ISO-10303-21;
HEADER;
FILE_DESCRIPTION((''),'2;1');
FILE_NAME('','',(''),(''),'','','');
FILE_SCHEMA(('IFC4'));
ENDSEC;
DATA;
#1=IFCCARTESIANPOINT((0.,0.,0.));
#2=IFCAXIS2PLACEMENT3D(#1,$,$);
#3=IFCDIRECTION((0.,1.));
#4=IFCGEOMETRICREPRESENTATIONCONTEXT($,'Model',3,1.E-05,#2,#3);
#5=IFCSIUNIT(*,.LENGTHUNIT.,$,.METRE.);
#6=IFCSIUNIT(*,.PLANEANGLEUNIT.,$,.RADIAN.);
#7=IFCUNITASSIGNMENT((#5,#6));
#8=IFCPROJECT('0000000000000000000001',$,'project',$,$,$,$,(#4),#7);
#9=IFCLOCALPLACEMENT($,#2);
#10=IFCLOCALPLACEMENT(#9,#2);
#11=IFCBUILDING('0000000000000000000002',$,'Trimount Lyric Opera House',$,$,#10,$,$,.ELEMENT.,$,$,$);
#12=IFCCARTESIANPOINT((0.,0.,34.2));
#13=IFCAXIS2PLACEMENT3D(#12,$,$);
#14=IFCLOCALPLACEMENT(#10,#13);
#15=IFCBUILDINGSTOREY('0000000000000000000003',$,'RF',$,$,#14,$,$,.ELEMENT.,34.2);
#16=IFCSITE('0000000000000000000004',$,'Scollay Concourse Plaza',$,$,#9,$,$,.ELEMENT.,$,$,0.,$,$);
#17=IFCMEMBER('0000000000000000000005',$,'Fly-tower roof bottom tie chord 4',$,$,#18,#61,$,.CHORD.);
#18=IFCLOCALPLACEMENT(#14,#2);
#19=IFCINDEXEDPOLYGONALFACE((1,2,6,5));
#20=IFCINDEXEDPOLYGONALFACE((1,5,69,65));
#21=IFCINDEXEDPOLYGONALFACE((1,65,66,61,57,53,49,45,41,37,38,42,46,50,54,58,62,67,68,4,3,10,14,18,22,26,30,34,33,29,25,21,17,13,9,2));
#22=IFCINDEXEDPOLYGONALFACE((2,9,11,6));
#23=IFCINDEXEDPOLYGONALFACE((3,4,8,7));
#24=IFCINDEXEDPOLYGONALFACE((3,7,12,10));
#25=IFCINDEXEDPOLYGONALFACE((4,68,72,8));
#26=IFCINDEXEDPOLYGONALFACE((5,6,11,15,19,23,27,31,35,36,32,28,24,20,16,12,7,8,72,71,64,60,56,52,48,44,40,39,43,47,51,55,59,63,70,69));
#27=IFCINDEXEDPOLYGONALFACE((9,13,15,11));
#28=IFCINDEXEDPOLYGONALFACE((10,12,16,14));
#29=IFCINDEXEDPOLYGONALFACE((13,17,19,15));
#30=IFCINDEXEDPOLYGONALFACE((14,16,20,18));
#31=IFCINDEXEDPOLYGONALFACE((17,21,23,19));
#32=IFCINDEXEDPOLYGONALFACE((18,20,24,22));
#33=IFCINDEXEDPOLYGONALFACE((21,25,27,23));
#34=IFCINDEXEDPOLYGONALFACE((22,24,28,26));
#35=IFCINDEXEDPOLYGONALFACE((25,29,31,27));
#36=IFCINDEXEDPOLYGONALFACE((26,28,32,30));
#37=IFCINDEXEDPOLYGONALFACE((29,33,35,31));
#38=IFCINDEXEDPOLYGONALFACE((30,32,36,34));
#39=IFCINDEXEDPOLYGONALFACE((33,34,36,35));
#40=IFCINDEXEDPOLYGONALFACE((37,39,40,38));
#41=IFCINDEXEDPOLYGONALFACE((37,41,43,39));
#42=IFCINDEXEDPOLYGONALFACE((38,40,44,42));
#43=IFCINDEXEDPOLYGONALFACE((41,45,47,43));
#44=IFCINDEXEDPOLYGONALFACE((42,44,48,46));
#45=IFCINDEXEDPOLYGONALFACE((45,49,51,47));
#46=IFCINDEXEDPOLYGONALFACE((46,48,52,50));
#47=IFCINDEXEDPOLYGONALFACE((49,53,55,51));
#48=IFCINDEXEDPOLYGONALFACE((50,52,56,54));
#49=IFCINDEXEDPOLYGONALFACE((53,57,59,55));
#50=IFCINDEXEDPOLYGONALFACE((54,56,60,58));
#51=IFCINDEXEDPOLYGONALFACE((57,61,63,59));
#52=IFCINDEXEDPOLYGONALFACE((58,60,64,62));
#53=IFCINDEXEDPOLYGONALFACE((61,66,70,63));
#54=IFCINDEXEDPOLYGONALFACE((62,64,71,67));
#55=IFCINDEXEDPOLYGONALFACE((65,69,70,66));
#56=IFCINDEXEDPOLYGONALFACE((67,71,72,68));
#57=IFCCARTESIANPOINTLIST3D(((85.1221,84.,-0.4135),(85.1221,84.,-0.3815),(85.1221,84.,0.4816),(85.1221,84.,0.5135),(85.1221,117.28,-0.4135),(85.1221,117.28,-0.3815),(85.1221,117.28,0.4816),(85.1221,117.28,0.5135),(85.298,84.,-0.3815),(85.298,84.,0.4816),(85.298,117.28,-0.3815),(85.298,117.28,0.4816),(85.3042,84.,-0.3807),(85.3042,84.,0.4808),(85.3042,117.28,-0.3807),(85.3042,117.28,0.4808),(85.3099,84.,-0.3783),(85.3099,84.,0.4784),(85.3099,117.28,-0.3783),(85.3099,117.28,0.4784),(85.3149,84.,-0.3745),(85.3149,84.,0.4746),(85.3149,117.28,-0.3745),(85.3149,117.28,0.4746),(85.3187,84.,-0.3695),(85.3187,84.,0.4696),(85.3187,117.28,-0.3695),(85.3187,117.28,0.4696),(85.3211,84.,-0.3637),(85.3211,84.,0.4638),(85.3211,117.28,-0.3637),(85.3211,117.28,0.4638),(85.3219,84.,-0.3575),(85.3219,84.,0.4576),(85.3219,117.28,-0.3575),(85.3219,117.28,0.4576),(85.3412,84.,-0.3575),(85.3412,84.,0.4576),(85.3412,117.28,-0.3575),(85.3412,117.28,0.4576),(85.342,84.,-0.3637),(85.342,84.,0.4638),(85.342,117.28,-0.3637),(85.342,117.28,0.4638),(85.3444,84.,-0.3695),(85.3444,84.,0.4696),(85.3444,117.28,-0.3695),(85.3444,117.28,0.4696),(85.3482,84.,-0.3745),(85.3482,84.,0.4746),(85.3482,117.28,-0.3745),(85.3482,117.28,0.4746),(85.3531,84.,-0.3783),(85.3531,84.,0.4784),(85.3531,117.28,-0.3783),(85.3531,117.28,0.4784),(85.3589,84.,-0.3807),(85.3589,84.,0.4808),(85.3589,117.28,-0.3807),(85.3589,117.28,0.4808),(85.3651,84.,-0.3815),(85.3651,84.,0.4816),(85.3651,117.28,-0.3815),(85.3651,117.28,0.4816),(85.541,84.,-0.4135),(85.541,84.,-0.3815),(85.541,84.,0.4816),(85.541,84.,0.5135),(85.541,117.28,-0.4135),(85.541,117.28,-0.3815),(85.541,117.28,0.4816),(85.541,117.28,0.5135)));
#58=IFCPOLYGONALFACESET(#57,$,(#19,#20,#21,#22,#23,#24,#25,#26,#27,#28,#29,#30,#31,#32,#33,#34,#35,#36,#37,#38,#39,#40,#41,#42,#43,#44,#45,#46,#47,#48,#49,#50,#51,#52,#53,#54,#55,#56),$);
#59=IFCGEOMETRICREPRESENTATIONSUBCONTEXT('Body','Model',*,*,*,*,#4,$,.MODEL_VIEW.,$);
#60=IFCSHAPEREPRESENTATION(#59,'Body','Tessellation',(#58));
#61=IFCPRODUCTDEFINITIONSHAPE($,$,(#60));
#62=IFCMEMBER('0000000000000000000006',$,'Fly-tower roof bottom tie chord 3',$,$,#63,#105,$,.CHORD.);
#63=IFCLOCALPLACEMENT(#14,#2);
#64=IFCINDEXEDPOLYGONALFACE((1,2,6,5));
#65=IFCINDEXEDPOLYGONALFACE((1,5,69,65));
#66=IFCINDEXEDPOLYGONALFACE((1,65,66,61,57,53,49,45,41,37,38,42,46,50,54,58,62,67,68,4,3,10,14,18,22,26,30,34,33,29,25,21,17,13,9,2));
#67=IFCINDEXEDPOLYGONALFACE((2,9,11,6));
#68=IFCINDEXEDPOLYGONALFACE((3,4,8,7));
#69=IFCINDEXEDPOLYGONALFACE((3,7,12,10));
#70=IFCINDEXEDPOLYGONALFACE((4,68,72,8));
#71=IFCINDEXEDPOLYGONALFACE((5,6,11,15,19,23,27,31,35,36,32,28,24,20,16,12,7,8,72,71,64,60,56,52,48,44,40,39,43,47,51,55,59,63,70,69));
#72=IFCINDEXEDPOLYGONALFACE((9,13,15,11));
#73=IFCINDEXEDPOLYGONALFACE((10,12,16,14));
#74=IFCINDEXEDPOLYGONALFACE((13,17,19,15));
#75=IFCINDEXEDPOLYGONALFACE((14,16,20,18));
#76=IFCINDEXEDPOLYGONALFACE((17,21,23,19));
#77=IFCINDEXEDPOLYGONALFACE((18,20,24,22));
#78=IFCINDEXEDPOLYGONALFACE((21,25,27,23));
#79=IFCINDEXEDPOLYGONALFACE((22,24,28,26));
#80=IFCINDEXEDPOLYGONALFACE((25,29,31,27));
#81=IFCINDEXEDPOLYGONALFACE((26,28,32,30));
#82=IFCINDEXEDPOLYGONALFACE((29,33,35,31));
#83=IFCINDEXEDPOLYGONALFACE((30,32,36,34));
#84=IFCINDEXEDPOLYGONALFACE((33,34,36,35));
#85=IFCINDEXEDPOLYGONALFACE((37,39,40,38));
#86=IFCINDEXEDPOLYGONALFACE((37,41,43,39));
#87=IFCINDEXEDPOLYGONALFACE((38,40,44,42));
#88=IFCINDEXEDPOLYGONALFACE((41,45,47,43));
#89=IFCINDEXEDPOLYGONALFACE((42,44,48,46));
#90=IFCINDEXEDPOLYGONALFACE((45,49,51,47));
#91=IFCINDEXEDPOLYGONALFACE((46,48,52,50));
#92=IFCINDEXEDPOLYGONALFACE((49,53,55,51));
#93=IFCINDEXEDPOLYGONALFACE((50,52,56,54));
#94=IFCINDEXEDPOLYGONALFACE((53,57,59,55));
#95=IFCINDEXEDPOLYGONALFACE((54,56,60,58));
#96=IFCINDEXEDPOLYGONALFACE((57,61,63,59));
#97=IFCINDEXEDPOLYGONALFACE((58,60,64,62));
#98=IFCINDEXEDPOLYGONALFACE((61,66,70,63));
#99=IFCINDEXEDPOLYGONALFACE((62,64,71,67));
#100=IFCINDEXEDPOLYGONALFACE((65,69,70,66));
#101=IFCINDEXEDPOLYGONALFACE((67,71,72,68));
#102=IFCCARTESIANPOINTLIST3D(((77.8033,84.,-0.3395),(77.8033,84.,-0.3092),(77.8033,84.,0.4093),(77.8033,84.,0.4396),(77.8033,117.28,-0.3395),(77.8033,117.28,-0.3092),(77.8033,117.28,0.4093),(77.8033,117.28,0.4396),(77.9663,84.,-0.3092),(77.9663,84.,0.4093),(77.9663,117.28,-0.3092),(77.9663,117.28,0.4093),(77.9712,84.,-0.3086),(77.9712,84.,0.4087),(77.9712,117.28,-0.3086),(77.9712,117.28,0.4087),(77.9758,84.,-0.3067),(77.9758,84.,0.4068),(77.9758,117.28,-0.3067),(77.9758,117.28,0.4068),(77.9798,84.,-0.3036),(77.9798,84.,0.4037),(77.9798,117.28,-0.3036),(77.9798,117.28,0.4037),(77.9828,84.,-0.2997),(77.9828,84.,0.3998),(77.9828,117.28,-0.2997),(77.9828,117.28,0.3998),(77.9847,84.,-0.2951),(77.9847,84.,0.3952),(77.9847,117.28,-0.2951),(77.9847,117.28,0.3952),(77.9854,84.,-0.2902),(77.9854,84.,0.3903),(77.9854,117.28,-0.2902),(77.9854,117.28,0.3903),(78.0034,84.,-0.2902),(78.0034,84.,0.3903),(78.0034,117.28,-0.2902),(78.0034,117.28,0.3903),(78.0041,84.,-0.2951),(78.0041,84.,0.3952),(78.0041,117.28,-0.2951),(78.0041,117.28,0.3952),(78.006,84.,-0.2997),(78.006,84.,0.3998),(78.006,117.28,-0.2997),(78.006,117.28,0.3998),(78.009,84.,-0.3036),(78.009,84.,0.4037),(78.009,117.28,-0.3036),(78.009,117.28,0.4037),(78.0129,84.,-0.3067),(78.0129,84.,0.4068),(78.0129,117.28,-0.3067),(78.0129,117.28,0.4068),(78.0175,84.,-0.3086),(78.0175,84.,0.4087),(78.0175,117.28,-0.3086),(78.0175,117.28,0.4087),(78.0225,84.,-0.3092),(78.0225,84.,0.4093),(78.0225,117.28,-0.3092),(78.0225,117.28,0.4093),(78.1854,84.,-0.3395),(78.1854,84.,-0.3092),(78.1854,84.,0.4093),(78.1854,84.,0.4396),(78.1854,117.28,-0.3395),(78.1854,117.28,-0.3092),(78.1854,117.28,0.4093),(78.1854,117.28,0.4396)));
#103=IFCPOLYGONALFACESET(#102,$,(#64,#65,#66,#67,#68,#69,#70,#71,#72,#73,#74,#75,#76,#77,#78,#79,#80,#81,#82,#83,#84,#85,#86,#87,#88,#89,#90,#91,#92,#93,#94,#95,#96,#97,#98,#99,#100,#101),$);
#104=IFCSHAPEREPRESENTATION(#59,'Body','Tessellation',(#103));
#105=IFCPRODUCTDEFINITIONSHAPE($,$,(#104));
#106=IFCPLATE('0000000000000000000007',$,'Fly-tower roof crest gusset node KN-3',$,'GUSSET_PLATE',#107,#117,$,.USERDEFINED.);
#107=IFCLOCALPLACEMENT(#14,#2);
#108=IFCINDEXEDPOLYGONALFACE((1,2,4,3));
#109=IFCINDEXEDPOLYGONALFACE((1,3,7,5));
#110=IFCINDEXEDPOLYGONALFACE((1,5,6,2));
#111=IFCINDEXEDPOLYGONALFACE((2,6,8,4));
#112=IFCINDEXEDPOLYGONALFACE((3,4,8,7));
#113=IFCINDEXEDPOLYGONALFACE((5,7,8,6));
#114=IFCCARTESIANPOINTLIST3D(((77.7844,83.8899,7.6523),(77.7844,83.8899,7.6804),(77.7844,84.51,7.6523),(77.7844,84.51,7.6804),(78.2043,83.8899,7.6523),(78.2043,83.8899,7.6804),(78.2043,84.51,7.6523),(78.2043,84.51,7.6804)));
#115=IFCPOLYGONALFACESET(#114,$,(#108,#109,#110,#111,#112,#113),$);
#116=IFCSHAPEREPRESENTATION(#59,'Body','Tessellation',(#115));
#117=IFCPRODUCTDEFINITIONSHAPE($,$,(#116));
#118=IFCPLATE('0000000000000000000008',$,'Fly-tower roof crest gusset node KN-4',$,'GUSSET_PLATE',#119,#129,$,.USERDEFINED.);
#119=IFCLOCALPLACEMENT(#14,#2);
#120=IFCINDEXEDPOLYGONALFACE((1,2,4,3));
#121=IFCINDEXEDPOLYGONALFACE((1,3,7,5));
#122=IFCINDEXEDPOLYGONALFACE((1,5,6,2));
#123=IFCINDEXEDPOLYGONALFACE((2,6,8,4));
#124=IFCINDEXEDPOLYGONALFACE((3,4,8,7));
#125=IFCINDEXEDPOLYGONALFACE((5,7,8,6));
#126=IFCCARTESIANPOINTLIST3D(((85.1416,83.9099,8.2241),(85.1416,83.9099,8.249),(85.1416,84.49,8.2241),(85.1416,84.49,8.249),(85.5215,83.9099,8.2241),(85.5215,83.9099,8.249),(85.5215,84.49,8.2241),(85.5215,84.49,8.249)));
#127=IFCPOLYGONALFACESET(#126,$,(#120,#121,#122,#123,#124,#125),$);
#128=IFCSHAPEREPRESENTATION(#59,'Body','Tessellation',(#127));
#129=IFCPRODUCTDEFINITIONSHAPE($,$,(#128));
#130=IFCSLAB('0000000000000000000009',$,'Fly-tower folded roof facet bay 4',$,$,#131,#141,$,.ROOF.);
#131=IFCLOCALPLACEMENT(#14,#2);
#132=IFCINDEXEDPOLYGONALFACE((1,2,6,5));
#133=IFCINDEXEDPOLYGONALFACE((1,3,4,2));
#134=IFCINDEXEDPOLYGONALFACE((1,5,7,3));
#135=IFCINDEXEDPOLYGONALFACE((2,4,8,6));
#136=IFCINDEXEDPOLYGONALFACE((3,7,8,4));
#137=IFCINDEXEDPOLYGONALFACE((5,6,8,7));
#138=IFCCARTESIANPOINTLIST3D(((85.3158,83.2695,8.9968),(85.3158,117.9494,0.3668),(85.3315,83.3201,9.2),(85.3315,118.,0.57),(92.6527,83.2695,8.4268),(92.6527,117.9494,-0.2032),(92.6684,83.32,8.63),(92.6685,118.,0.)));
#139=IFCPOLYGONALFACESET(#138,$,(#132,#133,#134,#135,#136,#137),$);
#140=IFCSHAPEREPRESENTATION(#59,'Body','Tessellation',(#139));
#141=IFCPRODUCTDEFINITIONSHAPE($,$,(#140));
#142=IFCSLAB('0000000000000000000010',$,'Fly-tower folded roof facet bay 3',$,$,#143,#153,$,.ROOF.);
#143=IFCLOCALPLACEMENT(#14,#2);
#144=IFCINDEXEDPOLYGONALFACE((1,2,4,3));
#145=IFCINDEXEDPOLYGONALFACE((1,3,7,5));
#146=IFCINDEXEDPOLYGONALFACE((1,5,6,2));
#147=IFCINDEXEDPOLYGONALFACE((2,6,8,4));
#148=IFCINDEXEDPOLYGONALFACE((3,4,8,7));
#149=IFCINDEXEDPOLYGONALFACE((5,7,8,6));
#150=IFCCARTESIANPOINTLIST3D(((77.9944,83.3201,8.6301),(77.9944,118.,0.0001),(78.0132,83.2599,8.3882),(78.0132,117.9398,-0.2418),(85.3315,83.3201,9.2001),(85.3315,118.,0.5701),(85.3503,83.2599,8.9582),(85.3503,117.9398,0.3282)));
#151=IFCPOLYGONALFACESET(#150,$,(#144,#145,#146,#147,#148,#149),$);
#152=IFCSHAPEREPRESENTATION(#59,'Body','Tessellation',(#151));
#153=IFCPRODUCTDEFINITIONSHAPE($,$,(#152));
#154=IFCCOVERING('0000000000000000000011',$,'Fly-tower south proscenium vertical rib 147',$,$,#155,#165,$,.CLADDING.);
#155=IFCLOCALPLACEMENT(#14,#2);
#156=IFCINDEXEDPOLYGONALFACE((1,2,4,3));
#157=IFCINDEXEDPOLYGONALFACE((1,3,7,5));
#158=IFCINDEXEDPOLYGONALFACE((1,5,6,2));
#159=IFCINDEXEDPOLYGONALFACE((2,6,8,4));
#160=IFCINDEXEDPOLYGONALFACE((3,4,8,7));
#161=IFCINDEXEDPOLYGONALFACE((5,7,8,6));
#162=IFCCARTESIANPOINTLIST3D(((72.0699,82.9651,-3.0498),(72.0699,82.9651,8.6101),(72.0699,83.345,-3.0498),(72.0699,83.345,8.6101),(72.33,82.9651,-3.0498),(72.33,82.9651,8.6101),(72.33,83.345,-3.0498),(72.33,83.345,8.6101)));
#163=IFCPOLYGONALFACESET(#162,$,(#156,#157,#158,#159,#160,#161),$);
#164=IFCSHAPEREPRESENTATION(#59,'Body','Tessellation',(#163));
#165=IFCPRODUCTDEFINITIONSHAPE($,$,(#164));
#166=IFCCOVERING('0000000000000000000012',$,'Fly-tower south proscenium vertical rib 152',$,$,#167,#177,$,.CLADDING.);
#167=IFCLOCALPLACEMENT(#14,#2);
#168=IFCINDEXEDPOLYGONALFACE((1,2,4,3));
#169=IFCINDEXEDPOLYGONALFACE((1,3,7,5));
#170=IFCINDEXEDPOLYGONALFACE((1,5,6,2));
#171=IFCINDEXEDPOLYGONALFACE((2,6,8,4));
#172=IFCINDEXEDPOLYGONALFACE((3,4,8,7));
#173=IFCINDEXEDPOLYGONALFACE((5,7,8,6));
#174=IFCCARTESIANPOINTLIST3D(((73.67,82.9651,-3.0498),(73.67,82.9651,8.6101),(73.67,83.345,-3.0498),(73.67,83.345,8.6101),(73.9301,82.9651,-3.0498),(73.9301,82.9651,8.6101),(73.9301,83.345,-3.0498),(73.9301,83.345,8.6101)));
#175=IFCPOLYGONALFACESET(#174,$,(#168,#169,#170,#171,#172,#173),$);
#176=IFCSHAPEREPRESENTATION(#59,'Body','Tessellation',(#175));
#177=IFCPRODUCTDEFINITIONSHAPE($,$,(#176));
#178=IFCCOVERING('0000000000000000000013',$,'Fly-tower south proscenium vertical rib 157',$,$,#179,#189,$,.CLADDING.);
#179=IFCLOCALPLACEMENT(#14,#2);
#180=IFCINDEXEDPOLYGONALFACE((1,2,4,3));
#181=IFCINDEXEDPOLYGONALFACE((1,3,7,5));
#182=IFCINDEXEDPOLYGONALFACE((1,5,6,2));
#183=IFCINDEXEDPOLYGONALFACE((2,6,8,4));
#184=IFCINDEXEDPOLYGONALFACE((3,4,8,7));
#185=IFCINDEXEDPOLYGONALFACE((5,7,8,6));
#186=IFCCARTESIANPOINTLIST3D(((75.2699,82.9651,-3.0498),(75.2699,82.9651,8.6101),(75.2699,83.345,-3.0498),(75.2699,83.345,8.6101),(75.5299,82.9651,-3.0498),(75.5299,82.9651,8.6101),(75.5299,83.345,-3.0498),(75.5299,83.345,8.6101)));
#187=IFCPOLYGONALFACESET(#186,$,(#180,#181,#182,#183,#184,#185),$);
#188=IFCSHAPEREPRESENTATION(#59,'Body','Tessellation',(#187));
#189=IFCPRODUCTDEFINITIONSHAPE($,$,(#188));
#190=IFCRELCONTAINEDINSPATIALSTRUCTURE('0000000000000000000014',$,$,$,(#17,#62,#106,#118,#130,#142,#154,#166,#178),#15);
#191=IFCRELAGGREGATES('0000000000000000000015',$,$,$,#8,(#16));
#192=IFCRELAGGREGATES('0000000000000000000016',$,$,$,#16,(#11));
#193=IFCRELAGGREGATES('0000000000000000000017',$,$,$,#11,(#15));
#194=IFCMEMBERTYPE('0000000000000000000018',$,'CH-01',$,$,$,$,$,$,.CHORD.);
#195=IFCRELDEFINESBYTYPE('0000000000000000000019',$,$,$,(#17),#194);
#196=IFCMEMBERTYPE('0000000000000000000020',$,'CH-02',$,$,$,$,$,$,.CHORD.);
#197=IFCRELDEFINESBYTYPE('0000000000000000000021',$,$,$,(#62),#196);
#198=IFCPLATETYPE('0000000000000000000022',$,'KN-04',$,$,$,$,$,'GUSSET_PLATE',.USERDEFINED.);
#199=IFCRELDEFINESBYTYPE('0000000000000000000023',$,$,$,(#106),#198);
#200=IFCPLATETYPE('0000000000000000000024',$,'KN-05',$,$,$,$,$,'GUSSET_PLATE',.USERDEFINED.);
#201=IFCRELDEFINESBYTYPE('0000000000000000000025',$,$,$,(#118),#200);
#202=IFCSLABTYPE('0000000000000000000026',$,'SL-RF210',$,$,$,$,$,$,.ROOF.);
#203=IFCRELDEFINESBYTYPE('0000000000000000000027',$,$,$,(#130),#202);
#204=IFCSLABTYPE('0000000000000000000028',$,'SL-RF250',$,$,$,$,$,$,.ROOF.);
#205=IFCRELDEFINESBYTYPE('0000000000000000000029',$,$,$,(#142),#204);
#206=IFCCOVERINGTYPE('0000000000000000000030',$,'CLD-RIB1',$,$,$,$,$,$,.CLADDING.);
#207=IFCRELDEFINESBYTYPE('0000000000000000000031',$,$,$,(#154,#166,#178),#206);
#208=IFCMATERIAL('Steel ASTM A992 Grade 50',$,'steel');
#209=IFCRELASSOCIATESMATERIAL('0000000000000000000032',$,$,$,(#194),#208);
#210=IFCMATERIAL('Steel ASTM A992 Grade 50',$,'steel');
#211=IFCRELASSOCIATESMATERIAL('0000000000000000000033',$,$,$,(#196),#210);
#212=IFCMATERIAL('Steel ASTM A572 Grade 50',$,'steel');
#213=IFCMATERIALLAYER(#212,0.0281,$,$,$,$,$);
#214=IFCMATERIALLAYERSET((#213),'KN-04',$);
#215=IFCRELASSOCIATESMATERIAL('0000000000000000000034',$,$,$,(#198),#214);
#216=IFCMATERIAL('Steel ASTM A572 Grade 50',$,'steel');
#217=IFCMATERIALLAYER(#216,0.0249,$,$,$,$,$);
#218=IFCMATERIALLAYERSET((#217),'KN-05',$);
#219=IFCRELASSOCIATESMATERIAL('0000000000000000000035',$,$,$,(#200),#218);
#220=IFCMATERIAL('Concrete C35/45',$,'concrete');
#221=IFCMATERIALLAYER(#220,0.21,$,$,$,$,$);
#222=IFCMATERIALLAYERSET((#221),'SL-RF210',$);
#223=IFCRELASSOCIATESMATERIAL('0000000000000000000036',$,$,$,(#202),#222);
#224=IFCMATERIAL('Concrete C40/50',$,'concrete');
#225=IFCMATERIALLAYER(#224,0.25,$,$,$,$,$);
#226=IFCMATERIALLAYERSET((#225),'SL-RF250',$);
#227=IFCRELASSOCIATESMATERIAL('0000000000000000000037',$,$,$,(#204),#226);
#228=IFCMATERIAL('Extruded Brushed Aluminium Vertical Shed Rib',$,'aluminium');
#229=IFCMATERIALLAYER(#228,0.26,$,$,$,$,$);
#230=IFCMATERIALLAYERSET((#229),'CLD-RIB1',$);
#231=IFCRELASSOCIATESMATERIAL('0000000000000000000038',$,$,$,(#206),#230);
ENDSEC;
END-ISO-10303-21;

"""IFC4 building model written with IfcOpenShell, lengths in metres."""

from ifc_helpers import new_model, si_unit, direction, frame, origin, origin_2d, place, context, subcontext, project, spatial, polyline, rectangle, i_section, outline, extrude, material, layer, layer_set, material_profile, profile_set, type_object, element, save


model = new_model("IFC4")

# Units and contexts
model_context = context("Model", 3, precision=1e-05, world=origin(), true_north=direction((0.0, 1.0)))
body_context = subcontext(model_context, "Body", "Model", "MODEL_VIEW")
ifc_project = project(units=[si_unit("LENGTHUNIT", "METRE"), si_unit("PLANEANGLEUNIT", "RADIAN")], contexts=[model_context])

# Site, building, storey
site_placement = place(None, origin())
site = spatial("IfcSite", under=ifc_project, at=site_placement, Name="Scollay Concourse Plaza", CompositionType="ELEMENT", RefElevation=0.0)
building_placement = place(site_placement, origin())
building = spatial("IfcBuilding", under=site, at=building_placement, Name="Trimount Lyric Opera House", CompositionType="ELEMENT")
storey_placement = place(building_placement, frame((0.0, 0.0, 34.2)))
storey = spatial("IfcBuildingStorey", under=building, at=storey_placement, Name="RF", CompositionType="ELEMENT", Elevation=34.2)

# Members
ifc_material_1 = material(Name="Steel ASTM A992 Grade 50", Category="steel")
ifc_material_profile_1 = material_profile(ifc_material_1, i_section(OverallWidth=0.4189, OverallDepth=0.927, WebThickness=0.0193, FlangeThickness=0.032, FilletRadius=0.0239, at=origin_2d()), Name="W36X231")
ifc_profile_set_1 = profile_set([ifc_material_profile_1], Name="Steel ASTM A992 Grade 50")
member_type_1 = type_object("IfcMemberType", Name="CH-01", PredefinedType="CHORD", material=ifc_profile_set_1)
member_1_placement = place(storey_placement, frame((85.3315, 84.0, 0.05), z_axis=(0.0, 1.0, 0.0), x_axis=(-1.0, 0.0, 0.0)))
element("IfcMember", 1, at=member_1_placement, inside=storey, type_object=member_type_1, Name="Fly-tower roof bottom tie chord 4", PredefinedType="CHORD", context=body_context, shape_type="SweptSolid", body=[
    extrude(i_section(OverallWidth=0.4189, OverallDepth=0.927, WebThickness=0.0193, FlangeThickness=0.032, FilletRadius=0.0239, at=origin_2d()), origin(), (0.0, 0.0, 1.0), 33.28),
])
ifc_material_2 = material(Name="Steel ASTM A992 Grade 50", Category="steel")
ifc_material_profile_2 = material_profile(ifc_material_2, i_section(OverallWidth=0.3821, OverallDepth=0.7791, WebThickness=0.0181, FlangeThickness=0.0303, FilletRadius=0.019, at=origin_2d()), Name="W30X191")
ifc_profile_set_2 = profile_set([ifc_material_profile_2], Name="Steel ASTM A992 Grade 50")
member_type_2 = type_object("IfcMemberType", Name="CH-02", PredefinedType="CHORD", material=ifc_profile_set_2)
member_2_placement = place(storey_placement, frame((77.9944, 84.0, 0.05), z_axis=(0.0, 1.0, 0.0), x_axis=(-1.0, 0.0, 0.0)))
element("IfcMember", 2, at=member_2_placement, inside=storey, type_object=member_type_2, Name="Fly-tower roof bottom tie chord 3", PredefinedType="CHORD", context=body_context, shape_type="SweptSolid", body=[
    extrude(i_section(OverallWidth=0.3821, OverallDepth=0.7791, WebThickness=0.0181, FlangeThickness=0.0303, FilletRadius=0.019, at=origin_2d()), origin(), (0.0, 0.0, 1.0), 33.28),
])

# Plates
ifc_material_3 = material(Name="Steel ASTM A572 Grade 50", Category="steel")
ifc_layer_1 = layer(ifc_material_3, 0.0281)
ifc_layer_set_1 = layer_set([ifc_layer_1], Name="KN-04")
plate_type_1 = type_object("IfcPlateType", Name="KN-04", ElementType="GUSSET_PLATE", PredefinedType="USERDEFINED", material=ifc_layer_set_1)
plate_1_placement = place(storey_placement, frame((77.9944, 84.2, 7.6523), z_axis=(0.0, 0.0, 1.0), x_axis=(0.0, 1.0, 0.0)))
element("IfcPlate", 3, at=plate_1_placement, inside=storey, type_object=plate_type_1, Name="Fly-tower roof crest gusset node KN-3", ObjectType="GUSSET_PLATE", PredefinedType="USERDEFINED", context=body_context, shape_type="SweptSolid", body=[
    extrude(rectangle(XDim=0.6201, YDim=0.4199, at=origin_2d()), origin(), (0.0, 0.0, 1.0), 0.0281),
])
ifc_material_4 = material(Name="Steel ASTM A572 Grade 50", Category="steel")
ifc_layer_2 = layer(ifc_material_4, 0.0249)
ifc_layer_set_2 = layer_set([ifc_layer_2], Name="KN-05")
plate_type_2 = type_object("IfcPlateType", Name="KN-05", ElementType="GUSSET_PLATE", PredefinedType="USERDEFINED", material=ifc_layer_set_2)
plate_2_placement = place(storey_placement, frame((85.3315, 84.2, 8.2241), z_axis=(0.0, 0.0, 1.0), x_axis=(0.0, 1.0, 0.0)))
element("IfcPlate", 4, at=plate_2_placement, inside=storey, type_object=plate_type_2, Name="Fly-tower roof crest gusset node KN-4", ObjectType="GUSSET_PLATE", PredefinedType="USERDEFINED", context=body_context, shape_type="SweptSolid", body=[
    extrude(rectangle(XDim=0.5801, YDim=0.3799, at=origin_2d()), origin(), (0.0, 0.0, 1.0), 0.0249),
])

# Slabs
ifc_material_5 = material(Name="Concrete C35/45", Category="concrete")
ifc_layer_3 = layer(ifc_material_5, 0.21)
ifc_layer_set_3 = layer_set([ifc_layer_3], Name="SL-RF210")
slab_type_1 = type_object("IfcSlabType", Name="SL-RF210", PredefinedType="ROOF", material=ifc_layer_set_3)
slab_1_placement = place(storey_placement, frame((85.3315, 83.3201, 9.2), z_axis=(0.07517, 0.240799, 0.96766), x_axis=(0.996996, -0.000004, -0.077448)))
element("IfcSlab", 5, at=slab_1_placement, inside=storey, type_object=slab_type_1, Name="Fly-tower folded roof facet bay 4", PredefinedType="ROOF", context=body_context, shape_type="SweptSolid", body=[
    extrude(outline(polyline([(0.0, 0.0), (7.359, 0.0), (8.0273, 35.7314), (0.6682, 35.7313), (0.0, 0.0)])), origin(), (0.0, 0.0, -1.0), 0.21),
])
ifc_material_6 = material(Name="Concrete C40/50", Category="concrete")
ifc_layer_4 = layer(ifc_material_6, 0.25)
ifc_layer_set_4 = layer_set([ifc_layer_4], Name="SL-RF250")
slab_type_2 = type_object("IfcSlabType", Name="SL-RF250", PredefinedType="ROOF", material=ifc_layer_set_4)
slab_2_placement = place(storey_placement, frame((77.9944, 83.3201, 8.6301), z_axis=(-0.075167, 0.240799, 0.96766), x_axis=(0.996997, 0.000004, 0.077445)))
element("IfcSlab", 6, at=slab_2_placement, inside=storey, type_object=slab_type_2, Name="Fly-tower folded roof facet bay 3", PredefinedType="ROOF", context=body_context, shape_type="SweptSolid", body=[
    extrude(outline(polyline([(0.0, 0.0), (7.3593, 0.0), (6.691, 35.7313), (-0.6682, 35.7314), (0.0, 0.0)])), origin(), (0.0, 0.0, -1.0), 0.25),
])

# Coverings
ifc_material_7 = material(Name="Extruded Brushed Aluminium Vertical Shed Rib", Category="aluminium")
ifc_layer_5 = layer(ifc_material_7, 0.26)
ifc_layer_set_5 = layer_set([ifc_layer_5], Name="CLD-RIB1")
covering_type_1 = type_object("IfcCoveringType", Name="CLD-RIB1", PredefinedType="CLADDING", material=ifc_layer_set_5)
for number, where, z_axis, x_axis, name in (
    (7, (72.2, 83.155, -3.0498), (0.0, 0.0, 1.0), (1.0, 0.0, 0.0), "Fly-tower south proscenium vertical rib 147"),
    (8, (73.8, 83.155, -3.0498), (0.0, 0.0, 1.0), (1.0, 0.0, 0.0), "Fly-tower south proscenium vertical rib 152"),
    (9, (75.3999, 83.155, -3.0498), (0.0, 0.0, 1.0), (1.0, 0.0, 0.0), "Fly-tower south proscenium vertical rib 157"),
):
    element("IfcCovering", number, at=place(storey_placement, frame(where, z_axis=z_axis, x_axis=x_axis)), inside=storey, type_object=covering_type_1, Name=name, PredefinedType="CLADDING", context=body_context, shape_type="SweptSolid", body=[
        extrude(rectangle(XDim=0.26, YDim=0.3799, at=origin_2d()), origin(), (0.0, 0.0, 1.0), 11.6599),
    ])

save(model, "model.ifc")
